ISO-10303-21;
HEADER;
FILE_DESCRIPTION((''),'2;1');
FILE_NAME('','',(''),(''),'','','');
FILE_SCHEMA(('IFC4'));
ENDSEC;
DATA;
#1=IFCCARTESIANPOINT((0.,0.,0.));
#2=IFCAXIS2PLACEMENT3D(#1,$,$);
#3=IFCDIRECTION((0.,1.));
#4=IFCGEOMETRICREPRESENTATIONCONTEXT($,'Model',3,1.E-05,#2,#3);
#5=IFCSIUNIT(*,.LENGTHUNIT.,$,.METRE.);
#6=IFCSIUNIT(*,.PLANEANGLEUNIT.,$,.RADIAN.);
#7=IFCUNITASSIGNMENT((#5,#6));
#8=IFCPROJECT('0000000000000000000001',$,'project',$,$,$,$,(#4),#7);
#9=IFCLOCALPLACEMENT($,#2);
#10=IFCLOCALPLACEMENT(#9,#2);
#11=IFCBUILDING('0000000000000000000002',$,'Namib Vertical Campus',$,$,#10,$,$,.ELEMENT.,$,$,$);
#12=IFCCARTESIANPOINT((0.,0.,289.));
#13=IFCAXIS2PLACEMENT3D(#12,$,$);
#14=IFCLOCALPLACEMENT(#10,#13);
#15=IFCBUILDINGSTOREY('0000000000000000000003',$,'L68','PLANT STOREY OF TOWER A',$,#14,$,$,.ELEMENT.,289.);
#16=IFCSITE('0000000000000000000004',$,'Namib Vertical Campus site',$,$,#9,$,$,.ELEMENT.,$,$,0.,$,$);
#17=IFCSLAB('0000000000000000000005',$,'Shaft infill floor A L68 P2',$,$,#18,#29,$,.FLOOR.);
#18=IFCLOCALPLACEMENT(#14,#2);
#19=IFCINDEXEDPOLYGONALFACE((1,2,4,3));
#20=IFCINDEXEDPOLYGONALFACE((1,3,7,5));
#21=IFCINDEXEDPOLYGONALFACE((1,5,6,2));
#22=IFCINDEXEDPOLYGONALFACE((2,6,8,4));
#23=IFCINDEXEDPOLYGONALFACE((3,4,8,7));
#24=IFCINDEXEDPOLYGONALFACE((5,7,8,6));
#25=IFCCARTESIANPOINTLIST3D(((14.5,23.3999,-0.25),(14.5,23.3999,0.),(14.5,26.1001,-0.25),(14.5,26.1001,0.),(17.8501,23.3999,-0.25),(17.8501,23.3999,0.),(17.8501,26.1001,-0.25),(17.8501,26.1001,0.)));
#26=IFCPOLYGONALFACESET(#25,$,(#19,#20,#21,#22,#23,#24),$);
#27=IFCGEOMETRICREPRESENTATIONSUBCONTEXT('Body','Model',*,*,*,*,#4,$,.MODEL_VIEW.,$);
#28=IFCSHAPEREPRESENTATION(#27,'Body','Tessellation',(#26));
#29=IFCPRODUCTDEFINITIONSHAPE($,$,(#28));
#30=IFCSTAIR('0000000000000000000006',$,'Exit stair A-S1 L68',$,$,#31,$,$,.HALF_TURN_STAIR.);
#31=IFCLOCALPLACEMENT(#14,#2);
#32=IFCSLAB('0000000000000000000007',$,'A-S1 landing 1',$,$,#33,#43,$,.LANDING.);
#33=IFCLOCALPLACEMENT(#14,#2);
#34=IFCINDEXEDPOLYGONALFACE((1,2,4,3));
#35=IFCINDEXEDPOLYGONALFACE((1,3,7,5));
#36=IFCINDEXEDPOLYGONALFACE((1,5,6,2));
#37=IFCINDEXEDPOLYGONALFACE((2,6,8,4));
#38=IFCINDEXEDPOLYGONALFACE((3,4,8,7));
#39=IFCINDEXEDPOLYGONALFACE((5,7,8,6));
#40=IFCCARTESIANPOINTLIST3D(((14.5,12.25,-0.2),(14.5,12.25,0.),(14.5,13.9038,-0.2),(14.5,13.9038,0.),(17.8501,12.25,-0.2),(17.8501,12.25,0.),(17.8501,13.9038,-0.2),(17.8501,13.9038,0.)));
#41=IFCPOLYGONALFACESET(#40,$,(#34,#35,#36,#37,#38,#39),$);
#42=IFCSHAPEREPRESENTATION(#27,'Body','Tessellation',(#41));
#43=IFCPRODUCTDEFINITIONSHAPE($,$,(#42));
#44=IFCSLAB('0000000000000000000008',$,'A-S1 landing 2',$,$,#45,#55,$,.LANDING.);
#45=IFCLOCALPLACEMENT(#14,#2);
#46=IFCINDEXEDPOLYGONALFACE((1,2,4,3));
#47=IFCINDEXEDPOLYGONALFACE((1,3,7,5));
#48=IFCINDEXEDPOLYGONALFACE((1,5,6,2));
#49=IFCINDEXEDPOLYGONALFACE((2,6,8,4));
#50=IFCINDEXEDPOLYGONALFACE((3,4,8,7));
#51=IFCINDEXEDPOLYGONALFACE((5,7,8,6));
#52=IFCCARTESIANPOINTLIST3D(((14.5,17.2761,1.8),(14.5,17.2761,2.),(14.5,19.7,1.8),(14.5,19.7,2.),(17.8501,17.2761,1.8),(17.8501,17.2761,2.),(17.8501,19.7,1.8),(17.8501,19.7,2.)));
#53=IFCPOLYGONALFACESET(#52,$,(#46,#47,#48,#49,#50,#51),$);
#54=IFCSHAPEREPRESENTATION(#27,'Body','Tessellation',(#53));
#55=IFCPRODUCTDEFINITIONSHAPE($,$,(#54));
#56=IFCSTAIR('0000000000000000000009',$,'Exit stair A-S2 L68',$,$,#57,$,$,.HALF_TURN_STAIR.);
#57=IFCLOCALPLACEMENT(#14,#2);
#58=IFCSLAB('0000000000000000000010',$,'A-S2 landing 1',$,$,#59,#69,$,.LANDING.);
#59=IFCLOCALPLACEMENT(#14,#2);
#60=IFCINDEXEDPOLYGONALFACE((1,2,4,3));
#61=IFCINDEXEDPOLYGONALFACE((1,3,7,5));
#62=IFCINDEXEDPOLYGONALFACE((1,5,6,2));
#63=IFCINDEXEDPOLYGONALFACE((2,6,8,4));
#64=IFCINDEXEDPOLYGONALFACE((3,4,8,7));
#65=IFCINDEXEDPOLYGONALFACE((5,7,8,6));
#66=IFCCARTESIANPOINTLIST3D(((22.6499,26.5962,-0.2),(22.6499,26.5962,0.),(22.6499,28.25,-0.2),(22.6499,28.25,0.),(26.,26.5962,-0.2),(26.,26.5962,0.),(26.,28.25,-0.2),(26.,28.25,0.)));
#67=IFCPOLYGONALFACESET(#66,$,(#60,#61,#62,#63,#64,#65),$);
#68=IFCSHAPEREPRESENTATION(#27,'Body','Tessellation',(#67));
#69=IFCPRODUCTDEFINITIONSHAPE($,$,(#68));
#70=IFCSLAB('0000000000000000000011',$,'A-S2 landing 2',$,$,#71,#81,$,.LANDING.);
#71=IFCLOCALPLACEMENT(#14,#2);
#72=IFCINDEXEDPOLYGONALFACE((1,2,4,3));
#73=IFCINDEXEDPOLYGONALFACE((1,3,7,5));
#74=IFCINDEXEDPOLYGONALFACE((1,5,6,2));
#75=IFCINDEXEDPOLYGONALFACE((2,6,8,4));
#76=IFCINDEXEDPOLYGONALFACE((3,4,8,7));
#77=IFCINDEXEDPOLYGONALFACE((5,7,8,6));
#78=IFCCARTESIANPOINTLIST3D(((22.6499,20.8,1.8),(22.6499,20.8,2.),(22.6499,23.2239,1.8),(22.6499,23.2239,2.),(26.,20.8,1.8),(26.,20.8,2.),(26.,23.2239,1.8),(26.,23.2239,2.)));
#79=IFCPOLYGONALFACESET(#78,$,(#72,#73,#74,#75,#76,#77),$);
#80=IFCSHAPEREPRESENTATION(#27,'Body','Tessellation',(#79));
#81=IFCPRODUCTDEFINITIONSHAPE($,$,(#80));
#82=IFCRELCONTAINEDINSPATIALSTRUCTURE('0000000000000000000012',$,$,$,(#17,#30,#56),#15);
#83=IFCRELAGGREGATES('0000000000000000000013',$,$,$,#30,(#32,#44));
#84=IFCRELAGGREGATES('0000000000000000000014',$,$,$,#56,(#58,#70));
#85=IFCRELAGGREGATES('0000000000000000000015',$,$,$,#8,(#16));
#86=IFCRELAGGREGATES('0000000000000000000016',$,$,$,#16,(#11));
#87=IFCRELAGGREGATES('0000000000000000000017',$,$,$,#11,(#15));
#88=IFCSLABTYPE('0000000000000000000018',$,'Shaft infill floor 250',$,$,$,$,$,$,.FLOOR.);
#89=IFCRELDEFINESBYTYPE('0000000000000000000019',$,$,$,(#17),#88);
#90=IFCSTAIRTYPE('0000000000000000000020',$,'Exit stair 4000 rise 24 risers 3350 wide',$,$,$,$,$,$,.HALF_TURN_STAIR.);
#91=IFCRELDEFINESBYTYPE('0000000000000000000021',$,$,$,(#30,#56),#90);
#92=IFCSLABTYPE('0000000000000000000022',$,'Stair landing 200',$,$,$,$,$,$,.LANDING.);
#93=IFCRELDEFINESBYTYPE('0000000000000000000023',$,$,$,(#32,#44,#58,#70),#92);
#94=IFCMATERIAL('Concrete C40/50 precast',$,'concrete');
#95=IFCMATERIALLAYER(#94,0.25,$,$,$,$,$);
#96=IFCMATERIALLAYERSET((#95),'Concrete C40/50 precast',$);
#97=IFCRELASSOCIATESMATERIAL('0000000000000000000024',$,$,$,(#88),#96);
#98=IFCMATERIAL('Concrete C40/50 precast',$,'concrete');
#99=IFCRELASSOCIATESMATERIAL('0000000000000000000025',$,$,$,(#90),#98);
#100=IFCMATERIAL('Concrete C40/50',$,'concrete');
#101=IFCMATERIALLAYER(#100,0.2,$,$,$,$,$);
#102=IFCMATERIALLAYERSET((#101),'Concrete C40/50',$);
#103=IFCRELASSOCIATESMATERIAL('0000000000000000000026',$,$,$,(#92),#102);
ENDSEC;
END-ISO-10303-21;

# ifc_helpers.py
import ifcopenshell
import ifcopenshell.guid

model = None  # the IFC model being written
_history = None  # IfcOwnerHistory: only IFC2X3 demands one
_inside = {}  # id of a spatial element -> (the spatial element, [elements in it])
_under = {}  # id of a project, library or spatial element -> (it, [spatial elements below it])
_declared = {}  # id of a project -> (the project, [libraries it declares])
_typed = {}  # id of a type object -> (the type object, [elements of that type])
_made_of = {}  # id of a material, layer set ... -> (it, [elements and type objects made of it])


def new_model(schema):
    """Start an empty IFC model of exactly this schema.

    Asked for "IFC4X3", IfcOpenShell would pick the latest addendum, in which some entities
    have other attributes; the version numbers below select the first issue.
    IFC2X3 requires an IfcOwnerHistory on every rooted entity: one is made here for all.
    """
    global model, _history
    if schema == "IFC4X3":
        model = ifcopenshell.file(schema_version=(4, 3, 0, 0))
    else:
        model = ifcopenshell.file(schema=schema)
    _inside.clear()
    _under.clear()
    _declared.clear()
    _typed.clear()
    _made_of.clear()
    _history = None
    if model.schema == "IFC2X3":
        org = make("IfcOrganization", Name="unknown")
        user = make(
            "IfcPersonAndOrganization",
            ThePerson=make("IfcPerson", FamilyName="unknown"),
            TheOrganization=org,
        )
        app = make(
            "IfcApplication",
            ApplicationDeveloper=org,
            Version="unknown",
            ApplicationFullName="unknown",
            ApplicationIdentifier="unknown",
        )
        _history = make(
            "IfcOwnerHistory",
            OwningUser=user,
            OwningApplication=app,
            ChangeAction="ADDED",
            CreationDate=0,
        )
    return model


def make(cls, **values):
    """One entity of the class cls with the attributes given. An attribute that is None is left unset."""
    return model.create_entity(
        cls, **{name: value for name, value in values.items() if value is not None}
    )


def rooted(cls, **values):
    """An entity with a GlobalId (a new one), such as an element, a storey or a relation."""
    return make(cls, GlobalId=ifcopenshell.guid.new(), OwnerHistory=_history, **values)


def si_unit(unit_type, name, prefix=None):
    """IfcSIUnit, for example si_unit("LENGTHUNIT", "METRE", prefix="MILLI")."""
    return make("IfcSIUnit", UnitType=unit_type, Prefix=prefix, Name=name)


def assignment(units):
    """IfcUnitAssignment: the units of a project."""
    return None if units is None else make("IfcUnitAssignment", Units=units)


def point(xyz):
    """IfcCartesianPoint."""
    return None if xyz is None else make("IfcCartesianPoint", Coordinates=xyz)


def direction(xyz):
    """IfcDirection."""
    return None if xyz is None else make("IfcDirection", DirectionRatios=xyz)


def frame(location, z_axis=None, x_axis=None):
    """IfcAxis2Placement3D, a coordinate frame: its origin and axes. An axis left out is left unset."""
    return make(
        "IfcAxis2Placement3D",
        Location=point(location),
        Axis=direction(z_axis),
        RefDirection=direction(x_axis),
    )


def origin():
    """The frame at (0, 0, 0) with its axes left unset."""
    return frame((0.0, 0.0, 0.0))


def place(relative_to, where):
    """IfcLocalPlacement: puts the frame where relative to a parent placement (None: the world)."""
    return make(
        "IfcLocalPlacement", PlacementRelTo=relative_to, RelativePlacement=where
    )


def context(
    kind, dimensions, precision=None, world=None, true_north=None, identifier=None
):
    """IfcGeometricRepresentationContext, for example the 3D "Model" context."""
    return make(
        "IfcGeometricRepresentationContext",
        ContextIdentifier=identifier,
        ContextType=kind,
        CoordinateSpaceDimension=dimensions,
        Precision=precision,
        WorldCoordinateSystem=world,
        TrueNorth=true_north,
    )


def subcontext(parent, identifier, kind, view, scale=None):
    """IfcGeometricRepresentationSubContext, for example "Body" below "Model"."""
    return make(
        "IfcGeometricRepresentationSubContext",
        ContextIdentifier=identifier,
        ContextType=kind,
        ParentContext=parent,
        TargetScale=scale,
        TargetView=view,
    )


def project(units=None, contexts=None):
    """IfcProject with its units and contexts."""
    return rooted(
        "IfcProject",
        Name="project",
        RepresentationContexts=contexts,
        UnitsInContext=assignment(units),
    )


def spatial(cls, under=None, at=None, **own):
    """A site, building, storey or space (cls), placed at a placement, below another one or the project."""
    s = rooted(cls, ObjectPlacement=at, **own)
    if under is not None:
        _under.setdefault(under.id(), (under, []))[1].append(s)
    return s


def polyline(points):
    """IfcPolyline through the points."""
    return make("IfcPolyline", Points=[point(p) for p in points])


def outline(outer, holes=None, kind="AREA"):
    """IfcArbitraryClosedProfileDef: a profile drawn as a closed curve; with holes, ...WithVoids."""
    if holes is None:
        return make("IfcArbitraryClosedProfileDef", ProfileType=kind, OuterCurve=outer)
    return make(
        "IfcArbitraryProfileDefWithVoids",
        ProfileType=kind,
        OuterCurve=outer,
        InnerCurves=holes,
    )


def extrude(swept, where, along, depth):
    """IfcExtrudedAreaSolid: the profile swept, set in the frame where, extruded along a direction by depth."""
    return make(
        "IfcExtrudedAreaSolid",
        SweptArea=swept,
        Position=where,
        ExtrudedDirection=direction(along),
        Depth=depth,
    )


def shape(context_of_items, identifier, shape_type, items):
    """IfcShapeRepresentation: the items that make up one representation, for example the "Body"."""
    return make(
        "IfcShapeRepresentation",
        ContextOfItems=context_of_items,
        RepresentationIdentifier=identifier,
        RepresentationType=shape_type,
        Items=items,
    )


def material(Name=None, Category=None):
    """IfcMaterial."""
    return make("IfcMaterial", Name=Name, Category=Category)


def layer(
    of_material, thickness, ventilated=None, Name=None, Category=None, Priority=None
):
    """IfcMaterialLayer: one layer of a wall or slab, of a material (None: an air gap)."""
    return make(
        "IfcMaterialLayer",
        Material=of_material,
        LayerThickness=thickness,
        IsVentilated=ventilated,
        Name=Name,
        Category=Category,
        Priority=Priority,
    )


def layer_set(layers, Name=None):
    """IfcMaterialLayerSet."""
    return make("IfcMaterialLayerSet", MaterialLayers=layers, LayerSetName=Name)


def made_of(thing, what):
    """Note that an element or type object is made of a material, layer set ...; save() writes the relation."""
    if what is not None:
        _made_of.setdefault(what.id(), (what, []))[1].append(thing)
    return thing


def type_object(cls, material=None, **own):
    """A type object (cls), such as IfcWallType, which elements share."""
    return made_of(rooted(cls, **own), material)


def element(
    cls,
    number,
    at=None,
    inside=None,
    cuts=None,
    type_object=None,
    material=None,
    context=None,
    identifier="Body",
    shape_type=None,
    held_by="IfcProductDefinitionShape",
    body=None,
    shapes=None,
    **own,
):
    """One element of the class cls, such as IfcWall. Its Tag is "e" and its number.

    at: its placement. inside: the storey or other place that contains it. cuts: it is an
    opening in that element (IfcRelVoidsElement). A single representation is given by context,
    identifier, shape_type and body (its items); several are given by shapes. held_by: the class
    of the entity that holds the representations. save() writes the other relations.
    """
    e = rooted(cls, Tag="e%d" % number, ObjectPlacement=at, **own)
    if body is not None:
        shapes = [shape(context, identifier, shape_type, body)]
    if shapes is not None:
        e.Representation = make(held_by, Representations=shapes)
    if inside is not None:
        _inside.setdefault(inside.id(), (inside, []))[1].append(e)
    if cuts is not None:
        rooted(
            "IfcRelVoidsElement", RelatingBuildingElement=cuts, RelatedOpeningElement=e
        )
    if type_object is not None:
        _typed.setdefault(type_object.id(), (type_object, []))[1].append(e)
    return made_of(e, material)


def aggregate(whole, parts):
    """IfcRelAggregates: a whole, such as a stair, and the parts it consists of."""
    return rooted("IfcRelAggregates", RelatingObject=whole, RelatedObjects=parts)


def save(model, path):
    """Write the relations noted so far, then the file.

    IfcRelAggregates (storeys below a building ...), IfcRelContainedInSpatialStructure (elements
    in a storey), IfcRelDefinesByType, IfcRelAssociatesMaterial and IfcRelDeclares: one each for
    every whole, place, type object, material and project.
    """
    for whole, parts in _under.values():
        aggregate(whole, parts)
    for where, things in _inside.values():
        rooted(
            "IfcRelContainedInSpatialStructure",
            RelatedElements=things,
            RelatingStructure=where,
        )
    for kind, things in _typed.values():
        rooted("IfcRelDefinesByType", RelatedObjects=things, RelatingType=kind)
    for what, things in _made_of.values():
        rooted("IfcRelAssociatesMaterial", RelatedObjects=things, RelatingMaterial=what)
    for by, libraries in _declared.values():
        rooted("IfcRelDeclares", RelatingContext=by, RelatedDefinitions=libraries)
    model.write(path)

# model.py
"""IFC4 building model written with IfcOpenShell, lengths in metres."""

from ifc_helpers import new_model, si_unit, direction, frame, origin, place, context, subcontext, project, spatial, polyline, outline, extrude, material, layer, layer_set, type_object, element, aggregate, save


model = new_model("IFC4")

# Units and contexts
model_context = context("Model", 3, precision=1e-05, world=origin(), true_north=direction((0.0, 1.0)))
body_context = subcontext(model_context, "Body", "Model", "MODEL_VIEW")
ifc_project = project(units=[si_unit("LENGTHUNIT", "METRE"), si_unit("PLANEANGLEUNIT", "RADIAN")], contexts=[model_context])

# Site, building, storey
site_placement = place(None, origin())
site = spatial("IfcSite", under=ifc_project, at=site_placement, Name="Namib Vertical Campus site", CompositionType="ELEMENT", RefElevation=0.0)
building_placement = place(site_placement, origin())
building = spatial("IfcBuilding", under=site, at=building_placement, Name="Namib Vertical Campus", CompositionType="ELEMENT")
storey_placement = place(building_placement, frame((0.0, 0.0, 289.0)))
storey = spatial("IfcBuildingStorey", under=building, at=storey_placement, Name="L68", Description="PLANT STOREY OF TOWER A", CompositionType="ELEMENT", Elevation=289.0)

# Slab
ifc_material_1 = material(Name="Concrete C40/50 precast", Category="concrete")
ifc_layer_1 = layer(ifc_material_1, 0.25)
ifc_layer_set_1 = layer_set([ifc_layer_1], Name="Concrete C40/50 precast")
slab_type_1 = type_object("IfcSlabType", Name="Shaft infill floor 250", PredefinedType="FLOOR", material=ifc_layer_set_1)
slab_1_placement = place(storey_placement, frame((0.0, 0.0, -0.25)))
element("IfcSlab", 1, at=slab_1_placement, inside=storey, type_object=slab_type_1, Name="Shaft infill floor A L68 P2", PredefinedType="FLOOR", context=body_context, shape_type="SweptSolid", body=[
    extrude(outline(polyline([(14.5, 23.3999), (17.8501, 23.3999), (17.8501, 26.1001), (14.5, 26.1001), (14.5, 23.3999)])), origin(), (0.0, 0.0, 1.0), 0.25),
])

# Stairs, slabs
ifc_material_2 = material(Name="Concrete C40/50 precast", Category="concrete")
stair_type = type_object("IfcStairType", Name="Exit stair 4000 rise 24 risers 3350 wide", PredefinedType="HALF_TURN_STAIR", material=ifc_material_2)
stair_1_placement = place(storey_placement, origin())
stair_1 = element("IfcStair", 2, at=stair_1_placement, inside=storey, type_object=stair_type, Name="Exit stair A-S1 L68", PredefinedType="HALF_TURN_STAIR")
ifc_material_3 = material(Name="Concrete C40/50", Category="concrete")
ifc_layer_2 = layer(ifc_material_3, 0.2)
ifc_layer_set_2 = layer_set([ifc_layer_2], Name="Concrete C40/50")
slab_type_2 = type_object("IfcSlabType", Name="Stair landing 200", PredefinedType="LANDING", material=ifc_layer_set_2)
slab_2_placement = place(storey_placement, frame((0.0, 0.0, -0.2)))
slab_2 = element("IfcSlab", 3, at=slab_2_placement, type_object=slab_type_2, Name="A-S1 landing 1", PredefinedType="LANDING", context=body_context, shape_type="SweptSolid", body=[
    extrude(outline(polyline([(14.5, 12.25), (17.8501, 12.25), (17.8501, 13.9038), (14.5, 13.9038), (14.5, 12.25)])), origin(), (0.0, 0.0, 1.0), 0.2),
])
slab_3_placement = place(storey_placement, frame((0.0, 0.0, 1.8)))
slab_3 = element("IfcSlab", 4, at=slab_3_placement, type_object=slab_type_2, Name="A-S1 landing 2", PredefinedType="LANDING", context=body_context, shape_type="SweptSolid", body=[
    extrude(outline(polyline([(14.5, 17.2761), (17.8501, 17.2761), (17.8501, 19.7), (14.5, 19.7), (14.5, 17.2761)])), origin(), (0.0, 0.0, 1.0), 0.2),
])
aggregate(stair_1, [slab_2, slab_3])
stair_2_placement = place(storey_placement, origin())
stair_2 = element("IfcStair", 5, at=stair_2_placement, inside=storey, type_object=stair_type, Name="Exit stair A-S2 L68", PredefinedType="HALF_TURN_STAIR")
slab_4_placement = place(storey_placement, frame((0.0, 0.0, -0.2)))
slab_4 = element("IfcSlab", 6, at=slab_4_placement, type_object=slab_type_2, Name="A-S2 landing 1", PredefinedType="LANDING", context=body_context, shape_type="SweptSolid", body=[
    extrude(outline(polyline([(22.6499, 26.5962), (26.0, 26.5962), (26.0, 28.25), (22.6499, 28.25), (22.6499, 26.5962)])), origin(), (0.0, 0.0, 1.0), 0.2),
])
slab_5_placement = place(storey_placement, frame((0.0, 0.0, 1.8)))
slab_5 = element("IfcSlab", 7, at=slab_5_placement, type_object=slab_type_2, Name="A-S2 landing 2", PredefinedType="LANDING", context=body_context, shape_type="SweptSolid", body=[
    extrude(outline(polyline([(22.6499, 20.8), (26.0, 20.8), (26.0, 23.2239), (22.6499, 23.2239), (22.6499, 20.8)])), origin(), (0.0, 0.0, 1.0), 0.2),
])
aggregate(stair_2, [slab_4, slab_5])

save(model, "model.ifc")
